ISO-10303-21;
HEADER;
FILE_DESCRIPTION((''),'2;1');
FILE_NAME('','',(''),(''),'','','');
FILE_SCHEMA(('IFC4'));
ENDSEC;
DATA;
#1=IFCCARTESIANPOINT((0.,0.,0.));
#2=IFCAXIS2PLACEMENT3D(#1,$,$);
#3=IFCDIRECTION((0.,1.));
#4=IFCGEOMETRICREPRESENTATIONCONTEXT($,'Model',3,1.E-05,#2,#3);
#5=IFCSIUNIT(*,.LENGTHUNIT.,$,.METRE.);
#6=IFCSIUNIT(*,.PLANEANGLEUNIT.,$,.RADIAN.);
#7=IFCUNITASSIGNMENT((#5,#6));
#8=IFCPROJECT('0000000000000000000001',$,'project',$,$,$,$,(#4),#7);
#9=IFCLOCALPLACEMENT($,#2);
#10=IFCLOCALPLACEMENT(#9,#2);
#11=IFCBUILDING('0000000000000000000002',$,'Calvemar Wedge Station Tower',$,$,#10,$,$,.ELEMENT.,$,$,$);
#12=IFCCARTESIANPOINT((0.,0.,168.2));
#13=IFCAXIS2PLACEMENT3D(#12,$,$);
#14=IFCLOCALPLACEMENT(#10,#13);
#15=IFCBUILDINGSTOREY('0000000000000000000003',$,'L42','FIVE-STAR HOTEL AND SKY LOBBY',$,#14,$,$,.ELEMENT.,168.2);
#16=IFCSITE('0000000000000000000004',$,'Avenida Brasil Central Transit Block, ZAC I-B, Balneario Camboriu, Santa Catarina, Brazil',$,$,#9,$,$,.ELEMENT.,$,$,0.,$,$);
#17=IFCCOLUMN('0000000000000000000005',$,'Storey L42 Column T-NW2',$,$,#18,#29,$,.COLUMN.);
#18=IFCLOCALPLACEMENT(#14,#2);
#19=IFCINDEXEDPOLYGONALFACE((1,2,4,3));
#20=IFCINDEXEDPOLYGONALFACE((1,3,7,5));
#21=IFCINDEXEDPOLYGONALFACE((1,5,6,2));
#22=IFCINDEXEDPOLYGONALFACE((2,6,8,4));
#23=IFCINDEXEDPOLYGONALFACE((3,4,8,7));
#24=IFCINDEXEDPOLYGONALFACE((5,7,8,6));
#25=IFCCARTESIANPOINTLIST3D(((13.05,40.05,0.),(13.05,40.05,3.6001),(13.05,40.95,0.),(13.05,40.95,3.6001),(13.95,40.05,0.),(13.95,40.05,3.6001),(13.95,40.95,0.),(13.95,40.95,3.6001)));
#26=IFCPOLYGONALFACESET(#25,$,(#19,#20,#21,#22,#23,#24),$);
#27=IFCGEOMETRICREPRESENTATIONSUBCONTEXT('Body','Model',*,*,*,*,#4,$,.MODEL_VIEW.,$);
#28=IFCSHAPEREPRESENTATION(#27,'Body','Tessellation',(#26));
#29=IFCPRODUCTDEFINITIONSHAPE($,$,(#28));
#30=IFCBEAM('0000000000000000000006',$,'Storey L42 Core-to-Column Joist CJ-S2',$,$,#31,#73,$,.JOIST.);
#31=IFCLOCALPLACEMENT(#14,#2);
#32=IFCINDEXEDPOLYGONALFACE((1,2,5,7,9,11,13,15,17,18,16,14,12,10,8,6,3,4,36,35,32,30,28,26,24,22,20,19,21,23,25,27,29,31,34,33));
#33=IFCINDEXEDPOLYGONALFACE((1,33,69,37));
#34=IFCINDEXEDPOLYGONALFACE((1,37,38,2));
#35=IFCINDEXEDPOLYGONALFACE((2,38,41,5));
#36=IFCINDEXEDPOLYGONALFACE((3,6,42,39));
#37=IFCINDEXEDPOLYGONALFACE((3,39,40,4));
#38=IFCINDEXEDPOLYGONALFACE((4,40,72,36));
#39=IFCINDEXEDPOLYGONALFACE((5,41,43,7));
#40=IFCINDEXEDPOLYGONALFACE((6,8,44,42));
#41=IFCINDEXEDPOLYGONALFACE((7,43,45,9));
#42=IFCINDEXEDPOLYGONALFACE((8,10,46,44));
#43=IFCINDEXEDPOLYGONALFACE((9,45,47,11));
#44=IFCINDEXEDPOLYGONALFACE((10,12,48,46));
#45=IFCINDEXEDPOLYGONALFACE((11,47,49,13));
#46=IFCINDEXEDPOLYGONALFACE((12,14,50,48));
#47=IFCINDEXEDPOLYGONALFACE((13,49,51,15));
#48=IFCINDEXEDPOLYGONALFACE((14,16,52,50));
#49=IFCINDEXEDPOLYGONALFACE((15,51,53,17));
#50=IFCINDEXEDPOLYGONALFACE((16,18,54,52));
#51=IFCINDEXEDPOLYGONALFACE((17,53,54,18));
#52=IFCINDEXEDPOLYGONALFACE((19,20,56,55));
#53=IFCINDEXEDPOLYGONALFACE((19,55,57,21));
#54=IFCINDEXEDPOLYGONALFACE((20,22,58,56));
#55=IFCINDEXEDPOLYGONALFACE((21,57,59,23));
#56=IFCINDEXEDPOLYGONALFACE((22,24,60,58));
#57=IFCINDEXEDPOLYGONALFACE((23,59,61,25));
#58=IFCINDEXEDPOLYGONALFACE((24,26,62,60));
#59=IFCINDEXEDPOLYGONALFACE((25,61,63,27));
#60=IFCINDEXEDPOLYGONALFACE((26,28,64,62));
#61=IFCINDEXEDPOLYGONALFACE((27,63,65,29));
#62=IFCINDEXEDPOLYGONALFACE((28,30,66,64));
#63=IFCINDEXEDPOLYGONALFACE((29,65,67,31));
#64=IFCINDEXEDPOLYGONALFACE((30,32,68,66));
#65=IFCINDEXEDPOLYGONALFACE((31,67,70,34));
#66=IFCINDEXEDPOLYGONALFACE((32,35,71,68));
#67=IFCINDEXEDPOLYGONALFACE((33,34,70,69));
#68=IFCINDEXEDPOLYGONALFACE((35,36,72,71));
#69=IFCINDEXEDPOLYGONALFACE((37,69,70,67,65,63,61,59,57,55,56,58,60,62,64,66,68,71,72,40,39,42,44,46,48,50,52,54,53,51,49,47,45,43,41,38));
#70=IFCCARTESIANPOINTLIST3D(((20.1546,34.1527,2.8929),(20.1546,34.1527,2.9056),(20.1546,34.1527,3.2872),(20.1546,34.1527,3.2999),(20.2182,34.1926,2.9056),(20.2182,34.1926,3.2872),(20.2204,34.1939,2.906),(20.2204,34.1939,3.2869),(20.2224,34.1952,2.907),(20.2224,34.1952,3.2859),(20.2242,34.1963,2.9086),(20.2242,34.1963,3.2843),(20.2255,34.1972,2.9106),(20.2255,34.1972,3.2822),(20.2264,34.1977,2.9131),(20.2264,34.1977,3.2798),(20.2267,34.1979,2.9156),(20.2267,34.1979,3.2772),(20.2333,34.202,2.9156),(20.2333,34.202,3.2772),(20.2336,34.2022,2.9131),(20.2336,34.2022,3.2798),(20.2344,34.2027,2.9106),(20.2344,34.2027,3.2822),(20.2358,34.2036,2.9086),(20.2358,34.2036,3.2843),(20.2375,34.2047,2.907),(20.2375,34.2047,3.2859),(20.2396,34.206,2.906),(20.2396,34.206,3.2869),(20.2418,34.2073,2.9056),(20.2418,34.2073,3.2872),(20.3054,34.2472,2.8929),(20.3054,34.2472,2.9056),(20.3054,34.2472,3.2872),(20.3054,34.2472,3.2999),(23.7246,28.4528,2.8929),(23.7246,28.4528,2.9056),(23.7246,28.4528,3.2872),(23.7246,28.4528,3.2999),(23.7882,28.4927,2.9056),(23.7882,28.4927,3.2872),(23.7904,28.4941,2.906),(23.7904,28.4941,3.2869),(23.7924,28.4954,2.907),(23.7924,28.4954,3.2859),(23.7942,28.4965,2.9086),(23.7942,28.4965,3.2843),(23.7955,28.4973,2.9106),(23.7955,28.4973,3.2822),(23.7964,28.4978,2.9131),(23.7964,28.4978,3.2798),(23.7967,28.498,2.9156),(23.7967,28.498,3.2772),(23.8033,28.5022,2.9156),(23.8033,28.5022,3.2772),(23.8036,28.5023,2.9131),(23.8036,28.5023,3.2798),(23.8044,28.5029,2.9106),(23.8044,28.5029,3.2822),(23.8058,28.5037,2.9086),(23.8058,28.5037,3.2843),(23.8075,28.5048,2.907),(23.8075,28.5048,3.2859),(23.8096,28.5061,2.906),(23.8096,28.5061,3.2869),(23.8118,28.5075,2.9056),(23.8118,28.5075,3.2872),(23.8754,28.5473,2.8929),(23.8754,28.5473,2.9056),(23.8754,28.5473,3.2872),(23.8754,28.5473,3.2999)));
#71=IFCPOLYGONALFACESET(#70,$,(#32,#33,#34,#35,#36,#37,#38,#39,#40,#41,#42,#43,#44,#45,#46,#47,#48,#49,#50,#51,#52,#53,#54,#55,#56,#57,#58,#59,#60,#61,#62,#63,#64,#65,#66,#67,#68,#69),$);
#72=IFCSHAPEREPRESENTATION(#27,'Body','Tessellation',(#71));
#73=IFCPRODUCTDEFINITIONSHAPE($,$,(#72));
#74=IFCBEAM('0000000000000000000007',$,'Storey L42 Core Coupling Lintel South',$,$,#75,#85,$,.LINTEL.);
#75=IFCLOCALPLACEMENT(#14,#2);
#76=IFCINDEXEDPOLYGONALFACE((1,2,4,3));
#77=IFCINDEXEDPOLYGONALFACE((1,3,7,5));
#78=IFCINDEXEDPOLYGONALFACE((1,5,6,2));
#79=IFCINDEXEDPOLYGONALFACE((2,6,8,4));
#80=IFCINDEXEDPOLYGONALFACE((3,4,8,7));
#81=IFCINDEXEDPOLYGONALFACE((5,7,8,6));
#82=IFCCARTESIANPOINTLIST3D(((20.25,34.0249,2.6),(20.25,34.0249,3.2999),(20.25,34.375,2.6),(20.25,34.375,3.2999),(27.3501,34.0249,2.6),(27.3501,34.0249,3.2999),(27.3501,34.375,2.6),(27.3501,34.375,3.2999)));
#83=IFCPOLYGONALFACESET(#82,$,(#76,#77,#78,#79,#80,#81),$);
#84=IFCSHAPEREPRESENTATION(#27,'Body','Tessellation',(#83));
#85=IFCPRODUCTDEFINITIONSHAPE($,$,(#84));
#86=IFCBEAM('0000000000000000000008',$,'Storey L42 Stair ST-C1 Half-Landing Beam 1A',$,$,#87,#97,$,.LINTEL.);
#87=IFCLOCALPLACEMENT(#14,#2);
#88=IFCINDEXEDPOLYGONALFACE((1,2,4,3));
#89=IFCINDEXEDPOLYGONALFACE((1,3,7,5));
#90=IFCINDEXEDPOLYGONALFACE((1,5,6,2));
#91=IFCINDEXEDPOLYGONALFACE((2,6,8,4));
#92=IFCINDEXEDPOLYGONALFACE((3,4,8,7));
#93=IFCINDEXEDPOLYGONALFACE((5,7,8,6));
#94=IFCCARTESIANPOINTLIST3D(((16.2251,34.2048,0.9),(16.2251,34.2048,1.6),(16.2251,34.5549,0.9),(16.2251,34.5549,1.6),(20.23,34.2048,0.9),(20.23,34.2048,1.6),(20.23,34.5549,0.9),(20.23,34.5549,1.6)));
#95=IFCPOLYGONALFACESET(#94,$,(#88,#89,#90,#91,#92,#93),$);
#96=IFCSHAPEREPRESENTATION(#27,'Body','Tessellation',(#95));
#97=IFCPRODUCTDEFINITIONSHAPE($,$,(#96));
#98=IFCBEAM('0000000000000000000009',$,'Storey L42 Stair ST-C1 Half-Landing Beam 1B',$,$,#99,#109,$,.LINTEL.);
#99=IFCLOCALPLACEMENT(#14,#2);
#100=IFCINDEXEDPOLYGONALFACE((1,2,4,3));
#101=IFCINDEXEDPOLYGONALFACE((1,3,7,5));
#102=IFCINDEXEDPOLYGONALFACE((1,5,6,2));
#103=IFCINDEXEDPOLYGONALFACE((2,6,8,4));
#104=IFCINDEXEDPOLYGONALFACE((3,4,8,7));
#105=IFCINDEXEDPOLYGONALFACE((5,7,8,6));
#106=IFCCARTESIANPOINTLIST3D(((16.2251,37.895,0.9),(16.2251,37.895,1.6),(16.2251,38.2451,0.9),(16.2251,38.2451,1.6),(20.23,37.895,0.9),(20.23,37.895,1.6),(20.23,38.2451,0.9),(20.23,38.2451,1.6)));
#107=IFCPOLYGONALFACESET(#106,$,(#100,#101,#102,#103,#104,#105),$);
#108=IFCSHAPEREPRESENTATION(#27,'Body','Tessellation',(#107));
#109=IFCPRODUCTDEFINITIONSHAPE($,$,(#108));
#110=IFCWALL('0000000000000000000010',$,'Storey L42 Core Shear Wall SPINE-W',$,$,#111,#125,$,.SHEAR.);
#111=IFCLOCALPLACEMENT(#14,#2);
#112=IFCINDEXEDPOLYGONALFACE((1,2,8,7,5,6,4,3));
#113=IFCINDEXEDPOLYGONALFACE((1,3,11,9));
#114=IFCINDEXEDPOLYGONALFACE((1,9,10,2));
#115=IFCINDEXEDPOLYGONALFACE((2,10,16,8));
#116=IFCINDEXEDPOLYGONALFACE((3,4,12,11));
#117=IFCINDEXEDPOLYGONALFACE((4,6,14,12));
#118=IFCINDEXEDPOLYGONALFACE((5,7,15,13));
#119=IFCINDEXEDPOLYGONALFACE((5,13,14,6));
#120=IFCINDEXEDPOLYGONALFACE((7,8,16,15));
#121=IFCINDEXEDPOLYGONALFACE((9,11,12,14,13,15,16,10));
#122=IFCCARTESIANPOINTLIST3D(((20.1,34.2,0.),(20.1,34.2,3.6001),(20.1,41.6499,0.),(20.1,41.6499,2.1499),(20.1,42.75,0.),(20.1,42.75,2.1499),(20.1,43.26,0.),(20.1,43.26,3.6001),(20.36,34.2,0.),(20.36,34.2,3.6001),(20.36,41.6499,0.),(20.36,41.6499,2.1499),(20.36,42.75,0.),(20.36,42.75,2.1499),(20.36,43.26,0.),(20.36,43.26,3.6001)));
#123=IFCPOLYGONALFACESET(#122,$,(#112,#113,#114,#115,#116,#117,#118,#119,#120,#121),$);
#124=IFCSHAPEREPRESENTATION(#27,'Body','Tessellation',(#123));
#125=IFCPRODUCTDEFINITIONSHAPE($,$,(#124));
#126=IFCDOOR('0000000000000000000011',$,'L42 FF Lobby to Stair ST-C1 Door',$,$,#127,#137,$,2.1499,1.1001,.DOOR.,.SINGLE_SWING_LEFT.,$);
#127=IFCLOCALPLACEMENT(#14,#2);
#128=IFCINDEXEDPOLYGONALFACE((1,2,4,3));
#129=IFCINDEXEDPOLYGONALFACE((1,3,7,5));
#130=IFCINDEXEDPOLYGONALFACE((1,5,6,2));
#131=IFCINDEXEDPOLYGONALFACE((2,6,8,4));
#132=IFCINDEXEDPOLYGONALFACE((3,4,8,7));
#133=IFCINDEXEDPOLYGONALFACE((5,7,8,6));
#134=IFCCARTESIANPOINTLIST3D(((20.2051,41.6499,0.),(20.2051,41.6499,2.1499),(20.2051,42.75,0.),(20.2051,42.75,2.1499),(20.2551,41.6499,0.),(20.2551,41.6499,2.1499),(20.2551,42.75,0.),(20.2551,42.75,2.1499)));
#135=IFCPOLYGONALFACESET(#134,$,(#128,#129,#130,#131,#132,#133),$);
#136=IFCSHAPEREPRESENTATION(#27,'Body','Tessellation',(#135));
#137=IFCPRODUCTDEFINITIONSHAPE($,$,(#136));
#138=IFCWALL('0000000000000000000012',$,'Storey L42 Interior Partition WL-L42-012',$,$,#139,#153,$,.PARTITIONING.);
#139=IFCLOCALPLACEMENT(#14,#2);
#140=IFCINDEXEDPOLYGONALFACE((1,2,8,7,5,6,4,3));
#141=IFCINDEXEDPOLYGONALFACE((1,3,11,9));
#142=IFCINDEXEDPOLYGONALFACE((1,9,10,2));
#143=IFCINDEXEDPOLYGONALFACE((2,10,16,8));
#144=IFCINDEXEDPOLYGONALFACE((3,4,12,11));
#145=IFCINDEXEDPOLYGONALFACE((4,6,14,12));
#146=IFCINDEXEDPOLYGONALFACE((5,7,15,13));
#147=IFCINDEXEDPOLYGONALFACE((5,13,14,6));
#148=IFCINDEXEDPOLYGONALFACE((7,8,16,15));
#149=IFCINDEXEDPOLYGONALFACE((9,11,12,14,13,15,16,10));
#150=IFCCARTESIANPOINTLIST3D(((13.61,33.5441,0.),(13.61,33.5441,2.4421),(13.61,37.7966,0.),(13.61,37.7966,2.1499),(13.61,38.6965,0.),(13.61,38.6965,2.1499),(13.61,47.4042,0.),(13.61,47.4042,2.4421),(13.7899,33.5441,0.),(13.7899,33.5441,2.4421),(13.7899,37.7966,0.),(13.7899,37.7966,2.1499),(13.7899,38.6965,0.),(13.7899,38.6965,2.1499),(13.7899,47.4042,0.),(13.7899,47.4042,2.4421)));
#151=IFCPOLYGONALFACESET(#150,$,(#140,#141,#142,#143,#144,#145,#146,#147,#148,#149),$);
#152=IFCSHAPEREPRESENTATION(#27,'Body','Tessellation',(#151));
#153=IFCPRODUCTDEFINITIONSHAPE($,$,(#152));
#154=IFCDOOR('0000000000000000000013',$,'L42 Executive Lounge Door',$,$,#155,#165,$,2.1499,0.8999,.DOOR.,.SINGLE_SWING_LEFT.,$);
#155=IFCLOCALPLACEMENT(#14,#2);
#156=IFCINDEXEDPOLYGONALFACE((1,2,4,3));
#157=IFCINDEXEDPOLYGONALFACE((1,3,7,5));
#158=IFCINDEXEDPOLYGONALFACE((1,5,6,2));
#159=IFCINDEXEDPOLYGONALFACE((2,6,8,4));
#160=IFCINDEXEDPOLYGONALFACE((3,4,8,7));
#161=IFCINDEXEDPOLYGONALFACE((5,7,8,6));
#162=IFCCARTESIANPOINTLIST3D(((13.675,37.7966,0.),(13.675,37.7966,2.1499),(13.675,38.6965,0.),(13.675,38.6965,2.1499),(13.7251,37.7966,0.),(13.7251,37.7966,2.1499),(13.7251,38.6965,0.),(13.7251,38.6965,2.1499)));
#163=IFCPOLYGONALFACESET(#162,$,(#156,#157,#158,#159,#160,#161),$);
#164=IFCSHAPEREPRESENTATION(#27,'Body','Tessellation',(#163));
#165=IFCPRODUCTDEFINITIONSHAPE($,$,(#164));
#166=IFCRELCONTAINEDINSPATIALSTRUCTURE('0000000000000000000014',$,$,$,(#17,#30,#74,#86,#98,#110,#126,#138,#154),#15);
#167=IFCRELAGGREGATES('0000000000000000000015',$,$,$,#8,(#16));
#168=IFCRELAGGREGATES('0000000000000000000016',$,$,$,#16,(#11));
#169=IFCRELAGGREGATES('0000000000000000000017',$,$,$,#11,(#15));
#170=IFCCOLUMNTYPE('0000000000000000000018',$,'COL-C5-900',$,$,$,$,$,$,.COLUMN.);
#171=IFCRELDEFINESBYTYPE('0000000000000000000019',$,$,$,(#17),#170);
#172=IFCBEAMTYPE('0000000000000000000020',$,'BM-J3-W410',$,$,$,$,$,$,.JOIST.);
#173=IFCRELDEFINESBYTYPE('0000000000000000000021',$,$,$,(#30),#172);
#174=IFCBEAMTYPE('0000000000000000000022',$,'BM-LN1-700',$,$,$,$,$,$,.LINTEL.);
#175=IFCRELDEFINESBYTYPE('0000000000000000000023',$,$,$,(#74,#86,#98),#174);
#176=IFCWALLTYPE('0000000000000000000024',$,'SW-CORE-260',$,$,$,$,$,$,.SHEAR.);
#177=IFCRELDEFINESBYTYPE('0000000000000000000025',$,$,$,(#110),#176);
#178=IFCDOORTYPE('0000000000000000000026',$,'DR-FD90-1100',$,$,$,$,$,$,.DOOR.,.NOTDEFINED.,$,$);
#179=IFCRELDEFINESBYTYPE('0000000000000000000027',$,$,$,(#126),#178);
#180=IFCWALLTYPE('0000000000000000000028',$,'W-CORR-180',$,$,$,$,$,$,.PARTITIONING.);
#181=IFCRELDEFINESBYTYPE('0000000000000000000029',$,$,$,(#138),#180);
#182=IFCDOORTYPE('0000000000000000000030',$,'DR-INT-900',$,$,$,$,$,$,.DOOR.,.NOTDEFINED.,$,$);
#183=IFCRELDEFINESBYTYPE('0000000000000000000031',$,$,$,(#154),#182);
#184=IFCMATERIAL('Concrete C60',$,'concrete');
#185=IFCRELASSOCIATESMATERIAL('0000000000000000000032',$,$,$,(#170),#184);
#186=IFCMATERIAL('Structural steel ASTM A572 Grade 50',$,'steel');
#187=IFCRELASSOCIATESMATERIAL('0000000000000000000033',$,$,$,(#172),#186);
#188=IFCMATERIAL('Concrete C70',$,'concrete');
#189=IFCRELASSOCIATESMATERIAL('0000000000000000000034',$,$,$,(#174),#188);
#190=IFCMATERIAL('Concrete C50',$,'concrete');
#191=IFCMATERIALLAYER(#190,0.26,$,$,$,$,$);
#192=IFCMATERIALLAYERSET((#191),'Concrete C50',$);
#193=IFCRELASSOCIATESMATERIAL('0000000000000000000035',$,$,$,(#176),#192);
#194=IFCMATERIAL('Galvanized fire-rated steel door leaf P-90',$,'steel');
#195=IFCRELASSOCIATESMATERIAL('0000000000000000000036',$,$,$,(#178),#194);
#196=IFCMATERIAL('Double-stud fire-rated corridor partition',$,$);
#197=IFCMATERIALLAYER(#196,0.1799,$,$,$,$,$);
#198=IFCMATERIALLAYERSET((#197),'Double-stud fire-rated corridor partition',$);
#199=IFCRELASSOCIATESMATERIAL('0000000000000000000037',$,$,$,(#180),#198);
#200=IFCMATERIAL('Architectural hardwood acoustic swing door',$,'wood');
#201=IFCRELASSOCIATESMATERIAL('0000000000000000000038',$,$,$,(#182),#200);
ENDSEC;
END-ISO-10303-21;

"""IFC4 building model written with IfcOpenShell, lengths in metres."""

from ifc_helpers import new_model, si_unit, direction, frame, frame_2d, origin, origin_2d, place, context, subcontext, project, spatial, rectangle, i_section, extrude, source, transform, mapped, material, layer, layer_set, material_profile, profile_set, type_object, element, fill, save


model = new_model("IFC4")

# Units and contexts
model_context = context("Model", 3, precision=1e-05, world=origin(), true_north=direction((0.0, 1.0)))
body_context = subcontext(model_context, "Body", "Model", "MODEL_VIEW")
ifc_project = project(units=[si_unit("LENGTHUNIT", "METRE"), si_unit("PLANEANGLEUNIT", "RADIAN")], contexts=[model_context])

# Site, building, storey
site_placement = place(None, origin())
site = spatial("IfcSite", under=ifc_project, at=site_placement, Name="Avenida Brasil Central Transit Block, ZAC I-B, Balneario Camboriu, Santa Catarina, Brazil", CompositionType="ELEMENT", RefElevation=0.0)
building_placement = place(site_placement, origin())
building = spatial("IfcBuilding", under=site, at=building_placement, Name="Calvemar Wedge Station Tower", CompositionType="ELEMENT")
storey_placement = place(building_placement, frame((0.0, 0.0, 168.2)))
storey = spatial("IfcBuildingStorey", under=building, at=storey_placement, Name="L42", Description="FIVE-STAR HOTEL AND SKY LOBBY", CompositionType="ELEMENT", Elevation=168.2)

# Column
ifc_material_1 = material(Name="Concrete C60", Category="concrete")
ifc_material_profile_1 = material_profile(ifc_material_1, rectangle(XDim=0.8999, YDim=0.8999, at=origin_2d()), Name="RC900x900")
ifc_profile_set_1 = profile_set([ifc_material_profile_1], Name="Concrete C60")
column_type = type_object("IfcColumnType", Name="COL-C5-900", PredefinedType="COLUMN", material=ifc_profile_set_1)
shared_shape_1 = source(origin(), body_context, "Body", "SweptSolid", [
    extrude(rectangle(XDim=0.8999, YDim=0.8999, at=origin_2d()), origin(), (0.0, 0.0, 1.0), 3.6001),
])
column_placement = place(storey_placement, frame((13.5, 40.5, 0.0), z_axis=(0.0, 0.0, 1.0), x_axis=(1.0, 0.0, 0.0)))
element("IfcColumn", 1, at=column_placement, inside=storey, type_object=column_type, Name="Storey L42 Column T-NW2", PredefinedType="COLUMN", context=body_context, shape_type="MappedRepresentation", body=[
    mapped(shared_shape_1, transform((0.0, 0.0, 0.0), scale=1.0)),
])

# Beams
ifc_material_2 = material(Name="Structural steel ASTM A572 Grade 50", Category="steel")
ifc_material_profile_2 = material_profile(ifc_material_2, i_section(OverallWidth=0.178, OverallDepth=0.407, WebThickness=0.0078, FlangeThickness=0.0127, FilletRadius=0.01, at=origin_2d()), Name="W410x60")
ifc_profile_set_2 = profile_set([ifc_material_profile_2], Name="Structural steel ASTM A572 Grade 50")
beam_type_1 = type_object("IfcBeamType", Name="BM-J3-W410", PredefinedType="JOIST", material=ifc_profile_set_2)
shared_shape_2 = source(origin(), body_context, "Body", "SweptSolid", [
    extrude(i_section(OverallWidth=0.178, OverallDepth=0.407, WebThickness=0.0078, FlangeThickness=0.0127, FilletRadius=0.01, at=origin_2d()), origin(), (0.0, 0.0, 1.0), 6.7256),
])
beam_1_placement = place(storey_placement, frame((20.23, 34.2, 3.0964), z_axis=(0.530811, -0.84749, 0.0), x_axis=(0.84749, 0.530811, 0.0)))
element("IfcBeam", 2, at=beam_1_placement, inside=storey, type_object=beam_type_1, Name="Storey L42 Core-to-Column Joist CJ-S2", PredefinedType="JOIST", context=body_context, shape_type="MappedRepresentation", body=[
    mapped(shared_shape_2, transform((0.0, 0.0, 0.0), scale=1.0)),
])
ifc_material_3 = material(Name="Concrete C70", Category="concrete")
ifc_material_profile_3 = material_profile(ifc_material_3, rectangle(XDim=0.3501, YDim=0.7, at=origin_2d()), Name="RC350x700")
ifc_profile_set_3 = profile_set([ifc_material_profile_3], Name="Concrete C70")
beam_type_2 = type_object("IfcBeamType", Name="BM-LN1-700", PredefinedType="LINTEL", material=ifc_profile_set_3)
shared_shape_3 = source(origin(), body_context, "Body", "SweptSolid", [
    extrude(rectangle(XDim=0.3501, YDim=0.7, at=origin_2d()), origin(), (0.0, 0.0, 1.0), 7.1001),
])
beam_2_placement = place(storey_placement, frame((20.25, 34.2, 2.95), z_axis=(1.0, 0.0, 0.0), x_axis=(0.0, 1.0, 0.0)))
element("IfcBeam", 3, at=beam_2_placement, inside=storey, type_object=beam_type_2, Name="Storey L42 Core Coupling Lintel South", PredefinedType="LINTEL", context=body_context, shape_type="MappedRepresentation", body=[
    mapped(shared_shape_3, transform((0.0, 0.0, 0.0), scale=1.0)),
])
shared_shape_4 = source(origin(), body_context, "Body", "SweptSolid", [
    extrude(rectangle(XDim=0.3501, YDim=0.7, at=origin_2d()), origin(), (0.0, 0.0, 1.0), 4.0049),
])
for number, where, z_axis, x_axis, name in (
    (4, (16.2251, 34.3799, 1.25), (1.0, 0.0, 0.0), (0.0, 1.0, 0.0), "Storey L42 Stair ST-C1 Half-Landing Beam 1A"),
    (5, (16.2251, 38.0701, 1.25), (1.0, 0.0, 0.0), (0.0, 1.0, 0.0), "Storey L42 Stair ST-C1 Half-Landing Beam 1B"),
):
    element("IfcBeam", number, at=place(storey_placement, frame(where, z_axis=z_axis, x_axis=x_axis)), inside=storey, type_object=beam_type_2, Name=name, PredefinedType="LINTEL", context=body_context, shape_type="MappedRepresentation", body=[
        mapped(shared_shape_4, transform((0.0, 0.0, 0.0), scale=1.0)),
    ])

# Walls, openings, doors
ifc_material_4 = material(Name="Concrete C50", Category="concrete")
ifc_layer_1 = layer(ifc_material_4, 0.26)
ifc_layer_set_1 = layer_set([ifc_layer_1], Name="Concrete C50")
wall_type_1 = type_object("IfcWallType", Name="SW-CORE-260", PredefinedType="SHEAR", material=ifc_layer_set_1)
wall_1_placement = place(storey_placement, frame((20.23, 34.2, 0.0), z_axis=(0.0, 0.0, 1.0), x_axis=(0.0, 1.0, 0.0)))
wall_1 = element("IfcWall", 6, at=wall_1_placement, inside=storey, type_object=wall_type_1, Name="Storey L42 Core Shear Wall SPINE-W", PredefinedType="SHEAR", context=body_context, shape_type="SweptSolid", body=[
    extrude(rectangle(XDim=9.0601, YDim=0.26, at=frame_2d((4.53, 0.0))), origin(), (0.0, 0.0, 1.0), 3.6001),
])
shared_shape_5 = source(origin(), body_context, "Body", "SweptSolid", [
    extrude(rectangle(XDim=1.1001, YDim=2.1499, at=frame_2d((0.55, 1.075))), frame((0.0, 0.1401, 0.0), z_axis=(0.0, -1.0, 0.0), x_axis=(1.0, 0.0, 0.0)), (0.0, 0.0, 1.0), 0.28),
])
opening_1_placement = place(wall_1_placement, frame((7.45, 0.0, 0.0)))
opening_1 = element("IfcOpeningElement", 7, at=opening_1_placement, cuts=wall_1, PredefinedType="OPENING", context=body_context, shape_type="MappedRepresentation", body=[
    mapped(shared_shape_5, transform((0.0, 0.0, 0.0), scale=1.0)),
])
ifc_material_5 = material(Name="Galvanized fire-rated steel door leaf P-90", Category="steel")
door_type_1 = type_object("IfcDoorType", Name="DR-FD90-1100", OperationType="NOTDEFINED", PredefinedType="DOOR", material=ifc_material_5)
shared_shape_6 = source(origin(), body_context, "Body", "SweptSolid", [
    extrude(rectangle(XDim=1.1001, YDim=2.1499, at=frame_2d((0.55, 1.075))), frame((0.0, 0.0249, 0.0), z_axis=(0.0, -1.0, 0.0), x_axis=(1.0, 0.0, 0.0)), (0.0, 0.0, 1.0), 0.05),
])
door_1_placement = place(opening_1_placement, origin())
door_1 = element("IfcDoor", 8, at=door_1_placement, inside=storey, type_object=door_type_1, Name="L42 FF Lobby to Stair ST-C1 Door", OperationType="SINGLE_SWING_LEFT", OverallHeight=2.1499, OverallWidth=1.1001, PredefinedType="DOOR", context=body_context, shape_type="MappedRepresentation", body=[
    mapped(shared_shape_6, transform((0.0, 0.0, 0.0), scale=1.0)),
])
fill(opening_1, door_1)
ifc_material_6 = material(Name="Double-stud fire-rated corridor partition")
ifc_layer_2 = layer(ifc_material_6, 0.1799)
ifc_layer_set_2 = layer_set([ifc_layer_2], Name="Double-stud fire-rated corridor partition")
wall_type_2 = type_object("IfcWallType", Name="W-CORR-180", PredefinedType="PARTITIONING", material=ifc_layer_set_2)
shared_shape_7 = source(origin(), body_context, "Body", "SweptSolid", [
    extrude(rectangle(XDim=0.8999, YDim=2.1499, at=frame_2d((0.45, 1.075))), frame((0.0, 0.1001, 0.0), z_axis=(0.0, -1.0, 0.0), x_axis=(1.0, 0.0, 0.0)), (0.0, 0.0, 1.0), 0.2),
])
wall_2_placement = place(storey_placement, frame((13.7, 33.5439, 0.0), z_axis=(0.0, 0.0, 1.0), x_axis=(0.0, 1.0, 0.0)))
wall_2 = element("IfcWall", 9, at=wall_2_placement, inside=storey, type_object=wall_type_2, Name="Storey L42 Interior Partition WL-L42-012", PredefinedType="PARTITIONING", context=body_context, shape_type="SweptSolid", body=[
    extrude(rectangle(XDim=13.8601, YDim=0.1799, at=frame_2d((6.9302, 0.0))), origin(), (0.0, 0.0, 1.0), 2.4421),
])
opening_2_placement = place(wall_2_placement, frame((4.2527, 0.0, 0.0)))
opening_2 = element("IfcOpeningElement", 10, at=opening_2_placement, cuts=wall_2, PredefinedType="OPENING", context=body_context, shape_type="MappedRepresentation", body=[
    mapped(shared_shape_7, transform((0.0, 0.0, 0.0), scale=1.0)),
])
ifc_material_7 = material(Name="Architectural hardwood acoustic swing door", Category="wood")
door_type_2 = type_object("IfcDoorType", Name="DR-INT-900", OperationType="NOTDEFINED", PredefinedType="DOOR", material=ifc_material_7)
shared_shape_8 = source(origin(), body_context, "Body", "SweptSolid", [
    extrude(rectangle(XDim=0.8999, YDim=2.1499, at=frame_2d((0.45, 1.075))), frame((0.0, 0.0249, 0.0), z_axis=(0.0, -1.0, 0.0), x_axis=(1.0, 0.0, 0.0)), (0.0, 0.0, 1.0), 0.05),
])
door_2_placement = place(opening_2_placement, origin())
door_2 = element("IfcDoor", 11, at=door_2_placement, inside=storey, type_object=door_type_2, Name="L42 Executive Lounge Door", OperationType="SINGLE_SWING_LEFT", OverallHeight=2.1499, OverallWidth=0.8999, PredefinedType="DOOR", context=body_context, shape_type="MappedRepresentation", body=[
    mapped(shared_shape_8, transform((0.0, 0.0, 0.0), scale=1.0)),
])
fill(opening_2, door_2)

save(model, "model.ifc")
